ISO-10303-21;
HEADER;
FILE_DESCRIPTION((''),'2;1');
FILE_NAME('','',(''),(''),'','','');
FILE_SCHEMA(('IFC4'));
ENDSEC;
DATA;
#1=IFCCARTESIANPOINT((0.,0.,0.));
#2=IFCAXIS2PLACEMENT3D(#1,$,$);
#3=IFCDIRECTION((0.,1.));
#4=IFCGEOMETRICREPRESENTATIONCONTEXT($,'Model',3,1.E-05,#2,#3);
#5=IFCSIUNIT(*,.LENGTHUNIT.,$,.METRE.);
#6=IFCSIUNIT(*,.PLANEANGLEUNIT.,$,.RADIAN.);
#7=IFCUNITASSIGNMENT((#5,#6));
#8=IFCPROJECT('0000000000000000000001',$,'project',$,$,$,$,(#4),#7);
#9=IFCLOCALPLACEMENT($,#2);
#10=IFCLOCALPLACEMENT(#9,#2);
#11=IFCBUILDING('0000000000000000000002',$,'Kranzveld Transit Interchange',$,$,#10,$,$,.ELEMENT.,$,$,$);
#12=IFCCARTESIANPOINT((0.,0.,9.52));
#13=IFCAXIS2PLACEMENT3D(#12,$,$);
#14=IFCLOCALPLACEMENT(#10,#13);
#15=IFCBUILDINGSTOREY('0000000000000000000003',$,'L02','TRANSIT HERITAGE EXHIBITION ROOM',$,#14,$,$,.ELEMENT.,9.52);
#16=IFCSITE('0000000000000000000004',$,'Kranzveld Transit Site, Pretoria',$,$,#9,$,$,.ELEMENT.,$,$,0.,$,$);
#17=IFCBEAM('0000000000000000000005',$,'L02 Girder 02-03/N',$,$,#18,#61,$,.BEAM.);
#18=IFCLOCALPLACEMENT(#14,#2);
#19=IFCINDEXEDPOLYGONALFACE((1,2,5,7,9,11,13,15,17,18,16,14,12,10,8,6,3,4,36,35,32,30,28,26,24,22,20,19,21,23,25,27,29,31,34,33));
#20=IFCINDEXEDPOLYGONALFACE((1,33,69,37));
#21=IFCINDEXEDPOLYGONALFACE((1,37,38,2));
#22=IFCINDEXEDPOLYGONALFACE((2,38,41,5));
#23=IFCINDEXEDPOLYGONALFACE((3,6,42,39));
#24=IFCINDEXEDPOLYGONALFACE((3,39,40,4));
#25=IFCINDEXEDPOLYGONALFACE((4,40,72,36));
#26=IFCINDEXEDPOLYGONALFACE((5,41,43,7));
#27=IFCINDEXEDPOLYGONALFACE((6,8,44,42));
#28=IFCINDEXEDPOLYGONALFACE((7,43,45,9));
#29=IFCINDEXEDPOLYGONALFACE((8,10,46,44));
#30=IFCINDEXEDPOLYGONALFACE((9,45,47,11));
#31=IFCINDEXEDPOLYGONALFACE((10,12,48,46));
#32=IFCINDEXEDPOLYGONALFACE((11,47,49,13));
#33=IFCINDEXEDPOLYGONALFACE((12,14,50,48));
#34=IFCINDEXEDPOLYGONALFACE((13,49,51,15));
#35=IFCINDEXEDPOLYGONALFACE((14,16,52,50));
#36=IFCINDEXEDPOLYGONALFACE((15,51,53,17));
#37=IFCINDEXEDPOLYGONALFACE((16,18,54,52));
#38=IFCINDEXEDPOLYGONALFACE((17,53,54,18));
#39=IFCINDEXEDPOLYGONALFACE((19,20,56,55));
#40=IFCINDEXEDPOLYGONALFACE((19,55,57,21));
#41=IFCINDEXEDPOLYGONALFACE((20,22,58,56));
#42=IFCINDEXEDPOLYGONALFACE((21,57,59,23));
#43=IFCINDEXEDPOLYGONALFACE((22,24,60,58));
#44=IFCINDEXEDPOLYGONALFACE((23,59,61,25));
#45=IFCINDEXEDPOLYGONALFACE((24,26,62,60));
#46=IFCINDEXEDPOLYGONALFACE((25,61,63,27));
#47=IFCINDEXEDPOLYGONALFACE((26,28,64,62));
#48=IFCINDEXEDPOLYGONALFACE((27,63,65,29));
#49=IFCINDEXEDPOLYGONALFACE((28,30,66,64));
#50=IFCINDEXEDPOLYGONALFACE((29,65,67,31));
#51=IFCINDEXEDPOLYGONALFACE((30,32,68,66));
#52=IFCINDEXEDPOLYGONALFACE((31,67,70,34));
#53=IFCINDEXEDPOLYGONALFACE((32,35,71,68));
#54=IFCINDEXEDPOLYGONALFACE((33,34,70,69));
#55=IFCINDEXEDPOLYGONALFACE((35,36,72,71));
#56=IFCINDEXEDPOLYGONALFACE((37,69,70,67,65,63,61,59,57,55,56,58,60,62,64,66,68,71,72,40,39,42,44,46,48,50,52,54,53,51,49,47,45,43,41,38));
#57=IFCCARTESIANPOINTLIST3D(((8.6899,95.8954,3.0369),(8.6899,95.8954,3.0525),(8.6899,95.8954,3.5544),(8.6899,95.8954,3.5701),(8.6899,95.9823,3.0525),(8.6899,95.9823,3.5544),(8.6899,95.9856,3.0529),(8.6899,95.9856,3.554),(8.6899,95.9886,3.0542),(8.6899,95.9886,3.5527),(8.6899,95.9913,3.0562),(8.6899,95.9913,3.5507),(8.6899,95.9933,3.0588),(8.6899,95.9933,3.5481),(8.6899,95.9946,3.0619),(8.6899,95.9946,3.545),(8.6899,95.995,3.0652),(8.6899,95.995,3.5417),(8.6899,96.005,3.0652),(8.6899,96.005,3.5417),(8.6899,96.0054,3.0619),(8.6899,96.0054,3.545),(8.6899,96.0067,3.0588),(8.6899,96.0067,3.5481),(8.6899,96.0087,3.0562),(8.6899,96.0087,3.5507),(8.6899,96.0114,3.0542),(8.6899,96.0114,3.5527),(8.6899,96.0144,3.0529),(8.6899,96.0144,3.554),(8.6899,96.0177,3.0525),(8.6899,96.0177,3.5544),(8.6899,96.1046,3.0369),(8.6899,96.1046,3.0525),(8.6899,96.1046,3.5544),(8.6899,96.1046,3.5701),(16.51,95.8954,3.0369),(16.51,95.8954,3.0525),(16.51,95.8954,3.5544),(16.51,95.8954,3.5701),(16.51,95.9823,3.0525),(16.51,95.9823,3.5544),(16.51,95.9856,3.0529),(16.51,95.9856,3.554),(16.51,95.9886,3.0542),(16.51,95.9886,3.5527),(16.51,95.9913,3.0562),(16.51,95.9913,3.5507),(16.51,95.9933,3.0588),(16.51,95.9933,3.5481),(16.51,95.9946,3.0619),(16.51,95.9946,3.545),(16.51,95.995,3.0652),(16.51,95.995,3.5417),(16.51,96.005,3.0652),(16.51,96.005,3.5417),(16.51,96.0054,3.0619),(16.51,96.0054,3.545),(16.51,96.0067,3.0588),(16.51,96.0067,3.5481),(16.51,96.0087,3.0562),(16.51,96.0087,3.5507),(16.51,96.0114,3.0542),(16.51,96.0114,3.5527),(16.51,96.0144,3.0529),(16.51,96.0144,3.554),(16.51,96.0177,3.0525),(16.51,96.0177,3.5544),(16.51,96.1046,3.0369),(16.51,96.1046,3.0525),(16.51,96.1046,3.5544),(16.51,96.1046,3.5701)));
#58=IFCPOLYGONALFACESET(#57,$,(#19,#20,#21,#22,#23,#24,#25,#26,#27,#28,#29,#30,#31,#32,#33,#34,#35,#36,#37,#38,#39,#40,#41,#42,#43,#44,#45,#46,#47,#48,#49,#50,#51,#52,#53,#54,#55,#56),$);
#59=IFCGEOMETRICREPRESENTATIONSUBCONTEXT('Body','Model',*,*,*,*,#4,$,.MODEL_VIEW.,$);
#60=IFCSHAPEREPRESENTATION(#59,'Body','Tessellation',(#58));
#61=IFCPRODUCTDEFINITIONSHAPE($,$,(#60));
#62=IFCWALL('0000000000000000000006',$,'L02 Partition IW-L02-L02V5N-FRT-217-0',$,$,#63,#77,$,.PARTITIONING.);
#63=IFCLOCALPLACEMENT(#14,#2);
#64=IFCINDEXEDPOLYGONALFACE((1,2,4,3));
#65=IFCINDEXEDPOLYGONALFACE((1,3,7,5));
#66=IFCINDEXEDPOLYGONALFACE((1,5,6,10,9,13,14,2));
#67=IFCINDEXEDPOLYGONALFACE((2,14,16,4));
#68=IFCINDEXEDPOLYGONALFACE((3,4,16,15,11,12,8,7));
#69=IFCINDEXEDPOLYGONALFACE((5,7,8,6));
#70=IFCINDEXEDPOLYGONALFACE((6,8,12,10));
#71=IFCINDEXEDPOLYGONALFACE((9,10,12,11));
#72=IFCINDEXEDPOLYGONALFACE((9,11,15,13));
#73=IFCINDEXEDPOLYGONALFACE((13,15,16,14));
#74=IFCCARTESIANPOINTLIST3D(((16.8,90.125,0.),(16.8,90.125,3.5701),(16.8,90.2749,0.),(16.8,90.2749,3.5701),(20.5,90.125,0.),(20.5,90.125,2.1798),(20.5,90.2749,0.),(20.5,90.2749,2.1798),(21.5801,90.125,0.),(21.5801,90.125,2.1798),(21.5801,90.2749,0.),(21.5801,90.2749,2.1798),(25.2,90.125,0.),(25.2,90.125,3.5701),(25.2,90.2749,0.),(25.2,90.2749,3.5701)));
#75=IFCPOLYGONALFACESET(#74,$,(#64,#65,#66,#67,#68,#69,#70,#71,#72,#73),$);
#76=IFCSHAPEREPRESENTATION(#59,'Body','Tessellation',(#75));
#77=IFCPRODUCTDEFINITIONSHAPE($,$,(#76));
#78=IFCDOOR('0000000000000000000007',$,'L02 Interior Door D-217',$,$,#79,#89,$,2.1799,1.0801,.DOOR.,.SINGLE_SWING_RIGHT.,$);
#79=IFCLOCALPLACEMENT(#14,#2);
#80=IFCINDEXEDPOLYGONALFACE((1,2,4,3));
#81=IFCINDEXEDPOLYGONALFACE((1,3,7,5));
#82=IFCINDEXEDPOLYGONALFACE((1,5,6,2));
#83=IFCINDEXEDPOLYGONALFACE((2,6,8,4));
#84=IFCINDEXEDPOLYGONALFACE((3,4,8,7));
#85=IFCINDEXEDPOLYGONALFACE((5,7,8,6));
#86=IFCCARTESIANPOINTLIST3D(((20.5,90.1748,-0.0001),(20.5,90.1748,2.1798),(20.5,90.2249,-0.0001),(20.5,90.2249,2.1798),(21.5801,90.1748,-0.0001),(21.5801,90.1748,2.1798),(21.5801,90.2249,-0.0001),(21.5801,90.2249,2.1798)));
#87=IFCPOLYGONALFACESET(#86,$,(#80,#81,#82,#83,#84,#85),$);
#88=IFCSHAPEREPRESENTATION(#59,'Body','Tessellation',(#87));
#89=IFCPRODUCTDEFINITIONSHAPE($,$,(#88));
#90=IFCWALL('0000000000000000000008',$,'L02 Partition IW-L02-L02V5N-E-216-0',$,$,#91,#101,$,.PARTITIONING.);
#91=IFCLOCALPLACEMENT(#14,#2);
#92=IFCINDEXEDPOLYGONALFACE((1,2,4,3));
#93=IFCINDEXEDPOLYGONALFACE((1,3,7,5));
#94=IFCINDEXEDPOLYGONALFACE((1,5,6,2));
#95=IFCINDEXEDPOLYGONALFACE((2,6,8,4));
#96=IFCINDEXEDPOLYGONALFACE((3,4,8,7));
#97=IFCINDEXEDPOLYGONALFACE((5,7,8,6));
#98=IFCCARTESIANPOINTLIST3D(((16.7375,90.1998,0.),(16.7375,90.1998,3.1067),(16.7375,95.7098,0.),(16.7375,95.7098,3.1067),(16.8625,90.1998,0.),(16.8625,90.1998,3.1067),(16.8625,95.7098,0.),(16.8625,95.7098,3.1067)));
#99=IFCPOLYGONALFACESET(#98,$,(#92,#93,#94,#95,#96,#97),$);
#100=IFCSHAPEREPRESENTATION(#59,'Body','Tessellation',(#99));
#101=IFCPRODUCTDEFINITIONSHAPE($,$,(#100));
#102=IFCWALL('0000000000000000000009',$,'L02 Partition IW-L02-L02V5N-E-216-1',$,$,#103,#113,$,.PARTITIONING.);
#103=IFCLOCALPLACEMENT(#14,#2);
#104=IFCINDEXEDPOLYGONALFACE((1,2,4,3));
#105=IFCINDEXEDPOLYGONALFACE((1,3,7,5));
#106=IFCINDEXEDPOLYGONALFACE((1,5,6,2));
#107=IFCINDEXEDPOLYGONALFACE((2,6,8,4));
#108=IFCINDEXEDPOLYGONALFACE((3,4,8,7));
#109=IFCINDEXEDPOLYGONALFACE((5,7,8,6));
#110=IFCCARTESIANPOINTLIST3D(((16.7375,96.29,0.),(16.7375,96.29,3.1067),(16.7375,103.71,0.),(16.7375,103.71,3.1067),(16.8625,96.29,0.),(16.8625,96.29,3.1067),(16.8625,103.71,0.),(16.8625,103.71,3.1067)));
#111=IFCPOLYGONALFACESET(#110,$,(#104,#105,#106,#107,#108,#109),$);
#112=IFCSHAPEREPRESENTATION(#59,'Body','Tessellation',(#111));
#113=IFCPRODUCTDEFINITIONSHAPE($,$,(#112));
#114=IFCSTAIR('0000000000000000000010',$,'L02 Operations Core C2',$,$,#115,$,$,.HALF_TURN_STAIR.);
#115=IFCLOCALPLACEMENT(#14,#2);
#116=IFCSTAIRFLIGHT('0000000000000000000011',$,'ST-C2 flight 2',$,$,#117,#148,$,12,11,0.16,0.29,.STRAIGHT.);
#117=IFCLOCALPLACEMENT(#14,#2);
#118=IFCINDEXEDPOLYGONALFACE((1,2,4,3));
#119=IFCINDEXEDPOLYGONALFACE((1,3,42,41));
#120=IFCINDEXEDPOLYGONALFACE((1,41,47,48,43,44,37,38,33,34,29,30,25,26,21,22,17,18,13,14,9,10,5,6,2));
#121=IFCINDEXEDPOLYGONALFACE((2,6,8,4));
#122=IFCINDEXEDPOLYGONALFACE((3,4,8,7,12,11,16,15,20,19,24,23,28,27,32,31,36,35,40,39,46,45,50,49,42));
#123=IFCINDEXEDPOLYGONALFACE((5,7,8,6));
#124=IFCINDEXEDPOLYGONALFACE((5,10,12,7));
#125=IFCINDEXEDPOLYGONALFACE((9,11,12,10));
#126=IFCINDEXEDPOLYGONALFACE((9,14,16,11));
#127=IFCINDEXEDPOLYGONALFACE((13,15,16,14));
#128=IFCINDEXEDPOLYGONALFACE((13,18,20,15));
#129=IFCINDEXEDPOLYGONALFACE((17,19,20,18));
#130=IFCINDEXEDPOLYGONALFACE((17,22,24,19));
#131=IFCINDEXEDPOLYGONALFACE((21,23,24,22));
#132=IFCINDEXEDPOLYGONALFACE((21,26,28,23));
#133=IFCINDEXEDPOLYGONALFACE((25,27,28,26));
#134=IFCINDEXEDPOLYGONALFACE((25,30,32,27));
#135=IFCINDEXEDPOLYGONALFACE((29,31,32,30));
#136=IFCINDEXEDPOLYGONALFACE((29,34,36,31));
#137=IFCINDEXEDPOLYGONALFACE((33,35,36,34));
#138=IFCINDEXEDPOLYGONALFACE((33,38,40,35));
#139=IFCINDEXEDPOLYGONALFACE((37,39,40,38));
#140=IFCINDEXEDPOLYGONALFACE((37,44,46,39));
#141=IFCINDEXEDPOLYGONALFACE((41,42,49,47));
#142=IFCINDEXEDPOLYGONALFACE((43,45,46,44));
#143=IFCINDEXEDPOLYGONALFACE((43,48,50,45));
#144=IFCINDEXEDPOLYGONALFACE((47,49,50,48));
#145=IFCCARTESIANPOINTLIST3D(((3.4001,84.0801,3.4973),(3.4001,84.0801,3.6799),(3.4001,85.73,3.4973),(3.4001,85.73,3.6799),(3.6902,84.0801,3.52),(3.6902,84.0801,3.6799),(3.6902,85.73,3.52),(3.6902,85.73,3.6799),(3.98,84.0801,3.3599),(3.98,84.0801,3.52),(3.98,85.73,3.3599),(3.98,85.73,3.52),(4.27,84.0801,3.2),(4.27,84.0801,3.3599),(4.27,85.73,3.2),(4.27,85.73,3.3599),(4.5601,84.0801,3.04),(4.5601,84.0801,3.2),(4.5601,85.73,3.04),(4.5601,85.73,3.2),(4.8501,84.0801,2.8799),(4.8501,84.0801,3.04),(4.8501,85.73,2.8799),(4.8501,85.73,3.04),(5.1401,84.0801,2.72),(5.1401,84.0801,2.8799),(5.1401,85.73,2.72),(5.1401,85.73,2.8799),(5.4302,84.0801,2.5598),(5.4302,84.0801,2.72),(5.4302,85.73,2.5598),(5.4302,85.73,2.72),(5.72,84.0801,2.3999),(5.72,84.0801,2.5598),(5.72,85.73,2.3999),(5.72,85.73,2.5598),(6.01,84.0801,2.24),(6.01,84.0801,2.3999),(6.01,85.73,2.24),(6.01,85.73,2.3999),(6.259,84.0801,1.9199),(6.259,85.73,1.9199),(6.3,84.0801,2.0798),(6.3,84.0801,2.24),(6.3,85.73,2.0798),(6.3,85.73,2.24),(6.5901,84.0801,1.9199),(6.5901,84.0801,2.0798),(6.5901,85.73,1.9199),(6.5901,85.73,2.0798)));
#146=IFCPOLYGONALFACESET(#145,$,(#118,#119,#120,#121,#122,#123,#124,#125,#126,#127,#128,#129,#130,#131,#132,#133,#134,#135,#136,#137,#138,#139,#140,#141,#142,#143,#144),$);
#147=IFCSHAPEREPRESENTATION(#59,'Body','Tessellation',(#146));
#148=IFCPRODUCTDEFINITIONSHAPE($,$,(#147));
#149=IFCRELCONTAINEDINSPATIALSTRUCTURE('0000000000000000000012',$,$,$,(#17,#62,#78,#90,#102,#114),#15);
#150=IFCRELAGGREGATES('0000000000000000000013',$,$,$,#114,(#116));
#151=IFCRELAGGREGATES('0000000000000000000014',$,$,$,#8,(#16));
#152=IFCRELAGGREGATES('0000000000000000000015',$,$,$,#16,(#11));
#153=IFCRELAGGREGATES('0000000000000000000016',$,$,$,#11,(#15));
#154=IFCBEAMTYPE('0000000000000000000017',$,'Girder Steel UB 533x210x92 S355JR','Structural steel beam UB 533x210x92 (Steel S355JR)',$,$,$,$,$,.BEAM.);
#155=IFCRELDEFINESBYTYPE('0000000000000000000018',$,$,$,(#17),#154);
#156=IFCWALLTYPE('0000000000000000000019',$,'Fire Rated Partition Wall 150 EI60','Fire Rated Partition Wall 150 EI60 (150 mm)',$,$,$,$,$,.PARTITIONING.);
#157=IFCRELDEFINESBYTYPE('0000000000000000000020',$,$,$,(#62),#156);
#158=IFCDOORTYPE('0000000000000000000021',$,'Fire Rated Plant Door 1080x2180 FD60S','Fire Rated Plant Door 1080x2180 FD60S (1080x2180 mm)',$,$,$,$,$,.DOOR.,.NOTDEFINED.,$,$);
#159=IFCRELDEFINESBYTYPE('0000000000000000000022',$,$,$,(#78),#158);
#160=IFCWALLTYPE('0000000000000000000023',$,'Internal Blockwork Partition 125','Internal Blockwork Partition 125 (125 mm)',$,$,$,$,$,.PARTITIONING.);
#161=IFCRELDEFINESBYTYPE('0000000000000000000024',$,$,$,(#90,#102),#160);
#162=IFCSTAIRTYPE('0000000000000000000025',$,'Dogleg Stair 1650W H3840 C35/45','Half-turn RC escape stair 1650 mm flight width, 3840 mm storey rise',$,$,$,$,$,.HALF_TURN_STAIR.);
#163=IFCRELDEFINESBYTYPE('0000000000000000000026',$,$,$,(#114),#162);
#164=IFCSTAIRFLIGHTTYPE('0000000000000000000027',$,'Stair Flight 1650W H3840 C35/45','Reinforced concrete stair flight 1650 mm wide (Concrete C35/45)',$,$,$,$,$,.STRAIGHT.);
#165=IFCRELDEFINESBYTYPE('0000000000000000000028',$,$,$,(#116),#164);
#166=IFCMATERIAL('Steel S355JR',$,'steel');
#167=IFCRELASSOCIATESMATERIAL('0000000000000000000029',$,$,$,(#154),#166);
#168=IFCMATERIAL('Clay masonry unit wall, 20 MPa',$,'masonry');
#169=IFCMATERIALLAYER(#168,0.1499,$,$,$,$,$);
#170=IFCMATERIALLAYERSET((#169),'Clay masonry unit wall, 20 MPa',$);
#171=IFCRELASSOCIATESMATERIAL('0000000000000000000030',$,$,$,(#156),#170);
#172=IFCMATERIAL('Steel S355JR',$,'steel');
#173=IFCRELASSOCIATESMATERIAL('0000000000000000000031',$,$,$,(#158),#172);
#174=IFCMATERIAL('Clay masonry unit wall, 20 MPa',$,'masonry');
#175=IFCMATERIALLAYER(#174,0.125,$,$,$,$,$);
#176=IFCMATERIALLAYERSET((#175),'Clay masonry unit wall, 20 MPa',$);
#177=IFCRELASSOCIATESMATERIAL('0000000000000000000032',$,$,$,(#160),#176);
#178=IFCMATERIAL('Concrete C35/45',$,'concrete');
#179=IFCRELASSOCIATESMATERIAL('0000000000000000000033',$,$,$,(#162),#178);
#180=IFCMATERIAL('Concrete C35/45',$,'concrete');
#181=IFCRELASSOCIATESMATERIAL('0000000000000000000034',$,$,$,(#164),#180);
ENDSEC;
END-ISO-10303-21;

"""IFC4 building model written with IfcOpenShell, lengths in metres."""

from ifc_helpers import new_model, si_unit, direction, frame, frame_2d, origin, origin_2d, place, context, subcontext, project, spatial, polyline, rectangle, i_section, outline, extrude, material, layer, layer_set, material_profile, profile_set, type_object, element, fill, aggregate, save


model = new_model("IFC4")

# Units and contexts
model_context = context("Model", 3, precision=1e-05, world=origin(), true_north=direction((0.0, 1.0)))
body_context = subcontext(model_context, "Body", "Model", "MODEL_VIEW")
ifc_project = project(units=[si_unit("LENGTHUNIT", "METRE"), si_unit("PLANEANGLEUNIT", "RADIAN")], contexts=[model_context])

# Site, building, storey
site_placement = place(None, origin())
site = spatial("IfcSite", under=ifc_project, at=site_placement, Name="Kranzveld Transit Site, Pretoria", CompositionType="ELEMENT", RefElevation=0.0)
building_placement = place(site_placement, origin())
building = spatial("IfcBuilding", under=site, at=building_placement, Name="Kranzveld Transit Interchange", CompositionType="ELEMENT")
storey_placement = place(building_placement, frame((0.0, 0.0, 9.52)))
storey = spatial("IfcBuildingStorey", under=building, at=storey_placement, Name="L02", Description="TRANSIT HERITAGE EXHIBITION ROOM", CompositionType="ELEMENT", Elevation=9.52)

# Beam
ifc_material_1 = material(Name="Steel S355JR", Category="steel")
ifc_material_profile_1 = material_profile(ifc_material_1, i_section(OverallWidth=0.2092, OverallDepth=0.5332, WebThickness=0.01, FlangeThickness=0.0156, FilletRadius=0.0127, at=origin_2d()), Name="UB 533x210x92")
ifc_profile_set_1 = profile_set([ifc_material_profile_1], Name="Steel S355JR")
beam_type_1 = type_object("IfcBeamType", Name="Girder Steel UB 533x210x92 S355JR", Description="Structural steel beam UB 533x210x92 (Steel S355JR)", PredefinedType="BEAM", material=ifc_profile_set_1)
for number, where, z_axis, x_axis, name in (
    (1, (8.6899, 96.0, 3.3035), (1.0, 0.0, 0.0), (0.0, 1.0, 0.0), "L02 Girder 02-03/N"),
):
    element("IfcBeam", number, at=place(storey_placement, frame(where, z_axis=z_axis, x_axis=x_axis)), inside=storey, type_object=beam_type_1, Name=name, PredefinedType="BEAM", context=body_context, shape_type="SweptSolid", body=[
        extrude(i_section(OverallWidth=0.2092, OverallDepth=0.5332, WebThickness=0.01, FlangeThickness=0.0156, FilletRadius=0.0127, at=origin_2d()), origin(), (0.0, 0.0, 1.0), 7.8201),
    ])

# Wall, opening, door
ifc_material_2 = material(Name="Clay masonry unit wall, 20 MPa", Category="masonry")
ifc_layer_1 = layer(ifc_material_2, 0.1499)
ifc_layer_set_1 = layer_set([ifc_layer_1], Name="Clay masonry unit wall, 20 MPa")
wall_type_1 = type_object("IfcWallType", Name="Fire Rated Partition Wall 150 EI60", Description="Fire Rated Partition Wall 150 EI60 (150 mm)", PredefinedType="PARTITIONING", material=ifc_layer_set_1)
wall_1_placement = place(storey_placement, frame((16.8, 90.2, 0.0), z_axis=(0.0, 0.0, 1.0), x_axis=(1.0, 0.0, 0.0)))
wall_1 = element("IfcWall", 2, at=wall_1_placement, inside=storey, type_object=wall_type_1, Name="L02 Partition IW-L02-L02V5N-FRT-217-0", PredefinedType="PARTITIONING", context=body_context, shape_type="SweptSolid", body=[
    extrude(rectangle(XDim=8.3999, YDim=0.1499, at=frame_2d((4.2, 0.0))), origin(), (0.0, 0.0, 1.0), 3.5701),
])
opening_placement = place(wall_1_placement, frame((3.7, 0.0, 0.0), z_axis=(0.0, 0.0, 1.0), x_axis=(1.0, 0.0, 0.0)))
opening = element("IfcOpeningElement", 3, at=opening_placement, cuts=wall_1, PredefinedType="OPENING", context=body_context, shape_type="SweptSolid", body=[
    extrude(rectangle(XDim=1.0801, YDim=2.1799, at=frame_2d((0.54, 1.0898))), frame((0.0, 0.085, 0.0), z_axis=(0.0, -1.0, 0.0), x_axis=(1.0, 0.0, 0.0)), (0.0, 0.0, 1.0), 0.1699),
])
ifc_material_3 = material(Name="Steel S355JR", Category="steel")
door_type = type_object("IfcDoorType", Name="Fire Rated Plant Door 1080x2180 FD60S", Description="Fire Rated Plant Door 1080x2180 FD60S (1080x2180 mm)", OperationType="NOTDEFINED", PredefinedType="DOOR", material=ifc_material_3)
door_placement = place(opening_placement, origin())
door = element("IfcDoor", 4, at=door_placement, inside=storey, type_object=door_type, Name="L02 Interior Door D-217", OperationType="SINGLE_SWING_RIGHT", OverallHeight=2.1799, OverallWidth=1.0801, PredefinedType="DOOR", context=body_context, shape_type="SweptSolid", body=[
    extrude(rectangle(XDim=1.0801, YDim=2.1799, at=frame_2d((0.54, 1.0898))), frame((0.0, 0.0249, 0.0), z_axis=(0.0, -1.0, 0.0), x_axis=(1.0, 0.0, 0.0)), (0.0, 0.0, 1.0), 0.05),
])
fill(opening, door)

# Walls
ifc_material_4 = material(Name="Clay masonry unit wall, 20 MPa", Category="masonry")
ifc_layer_2 = layer(ifc_material_4, 0.125)
ifc_layer_set_2 = layer_set([ifc_layer_2], Name="Clay masonry unit wall, 20 MPa")
wall_type_2 = type_object("IfcWallType", Name="Internal Blockwork Partition 125", Description="Internal Blockwork Partition 125 (125 mm)", PredefinedType="PARTITIONING", material=ifc_layer_set_2)
wall_2_placement = place(storey_placement, frame((16.8, 90.2, 0.0), z_axis=(0.0, 0.0, 1.0), x_axis=(0.0, 1.0, 0.0)))
element("IfcWall", 5, at=wall_2_placement, inside=storey, type_object=wall_type_2, Name="L02 Partition IW-L02-L02V5N-E-216-0", PredefinedType="PARTITIONING", context=body_context, shape_type="SweptSolid", body=[
    extrude(rectangle(XDim=5.51, YDim=0.125, at=frame_2d((2.7549, 0.0))), origin(), (0.0, 0.0, 1.0), 3.1067),
])
wall_3_placement = place(storey_placement, frame((16.8, 96.29, 0.0), z_axis=(0.0, 0.0, 1.0), x_axis=(0.0, 1.0, 0.0)))
element("IfcWall", 6, at=wall_3_placement, inside=storey, type_object=wall_type_2, Name="L02 Partition IW-L02-L02V5N-E-216-1", PredefinedType="PARTITIONING", context=body_context, shape_type="SweptSolid", body=[
    extrude(rectangle(XDim=7.4199, YDim=0.125, at=frame_2d((3.71, 0.0))), origin(), (0.0, 0.0, 1.0), 3.1067),
])

# Stair, stair flight
ifc_material_5 = material(Name="Concrete C35/45", Category="concrete")
stair_type = type_object("IfcStairType", Name="Dogleg Stair 1650W H3840 C35/45", Description="Half-turn RC escape stair 1650 mm flight width, 3840 mm storey rise", PredefinedType="HALF_TURN_STAIR", material=ifc_material_5)
stair_placement = place(storey_placement, origin())
stair = element("IfcStair", 7, at=stair_placement, inside=storey, type_object=stair_type, Name="L02 Operations Core C2", PredefinedType="HALF_TURN_STAIR")
ifc_material_6 = material(Name="Concrete C35/45", Category="concrete")
stair_flight_type = type_object("IfcStairFlightType", Name="Stair Flight 1650W H3840 C35/45", Description="Reinforced concrete stair flight 1650 mm wide (Concrete C35/45)", PredefinedType="STRAIGHT", material=ifc_material_6)
stair_flight_placement = place(storey_placement, frame((6.5901, 84.905, 1.9199), z_axis=(0.0, 0.0, 1.0), x_axis=(-1.0, 0.0, 0.0)))
stair_flight = element("IfcStairFlight", 8, at=stair_flight_placement, type_object=stair_flight_type, Name="ST-C2 flight 2", NumberOfRisers=12, NumberOfTreads=11, PredefinedType="STRAIGHT", RiserHeight=0.16, TreadLength=0.29, context=body_context, shape_type="SweptSolid", body=[
    extrude(outline(polyline([(0.0, 0.0), (0.0, 0.1599), (0.29, 0.1599), (0.29, 0.3201), (0.5801, 0.3201), (0.5801, 0.48), (0.8701, 0.48), (0.8701, 0.6399), (1.1599, 0.6399), (1.1599, 0.8), (1.45, 0.8), (1.45, 0.96), (1.74, 0.96), (1.74, 1.1201), (2.03, 1.1201), (2.03, 1.28), (2.3201, 1.28), (2.3201, 1.4399), (2.6101, 1.4399), (2.6101, 1.6001), (2.8999, 1.6001), (2.8999, 1.76), (3.1899, 1.76), (3.1899, 1.9199), (3.1899, 1.5774), (0.3311, 0.0), (0.0, 0.0)])), frame((0.0, 0.825, 0.0), z_axis=(0.0, -1.0, 0.0), x_axis=(1.0, 0.0, 0.0)), (0.0, 0.0, 1.0), 1.6499),
])
aggregate(stair, [stair_flight])

save(model, "model.ifc")
